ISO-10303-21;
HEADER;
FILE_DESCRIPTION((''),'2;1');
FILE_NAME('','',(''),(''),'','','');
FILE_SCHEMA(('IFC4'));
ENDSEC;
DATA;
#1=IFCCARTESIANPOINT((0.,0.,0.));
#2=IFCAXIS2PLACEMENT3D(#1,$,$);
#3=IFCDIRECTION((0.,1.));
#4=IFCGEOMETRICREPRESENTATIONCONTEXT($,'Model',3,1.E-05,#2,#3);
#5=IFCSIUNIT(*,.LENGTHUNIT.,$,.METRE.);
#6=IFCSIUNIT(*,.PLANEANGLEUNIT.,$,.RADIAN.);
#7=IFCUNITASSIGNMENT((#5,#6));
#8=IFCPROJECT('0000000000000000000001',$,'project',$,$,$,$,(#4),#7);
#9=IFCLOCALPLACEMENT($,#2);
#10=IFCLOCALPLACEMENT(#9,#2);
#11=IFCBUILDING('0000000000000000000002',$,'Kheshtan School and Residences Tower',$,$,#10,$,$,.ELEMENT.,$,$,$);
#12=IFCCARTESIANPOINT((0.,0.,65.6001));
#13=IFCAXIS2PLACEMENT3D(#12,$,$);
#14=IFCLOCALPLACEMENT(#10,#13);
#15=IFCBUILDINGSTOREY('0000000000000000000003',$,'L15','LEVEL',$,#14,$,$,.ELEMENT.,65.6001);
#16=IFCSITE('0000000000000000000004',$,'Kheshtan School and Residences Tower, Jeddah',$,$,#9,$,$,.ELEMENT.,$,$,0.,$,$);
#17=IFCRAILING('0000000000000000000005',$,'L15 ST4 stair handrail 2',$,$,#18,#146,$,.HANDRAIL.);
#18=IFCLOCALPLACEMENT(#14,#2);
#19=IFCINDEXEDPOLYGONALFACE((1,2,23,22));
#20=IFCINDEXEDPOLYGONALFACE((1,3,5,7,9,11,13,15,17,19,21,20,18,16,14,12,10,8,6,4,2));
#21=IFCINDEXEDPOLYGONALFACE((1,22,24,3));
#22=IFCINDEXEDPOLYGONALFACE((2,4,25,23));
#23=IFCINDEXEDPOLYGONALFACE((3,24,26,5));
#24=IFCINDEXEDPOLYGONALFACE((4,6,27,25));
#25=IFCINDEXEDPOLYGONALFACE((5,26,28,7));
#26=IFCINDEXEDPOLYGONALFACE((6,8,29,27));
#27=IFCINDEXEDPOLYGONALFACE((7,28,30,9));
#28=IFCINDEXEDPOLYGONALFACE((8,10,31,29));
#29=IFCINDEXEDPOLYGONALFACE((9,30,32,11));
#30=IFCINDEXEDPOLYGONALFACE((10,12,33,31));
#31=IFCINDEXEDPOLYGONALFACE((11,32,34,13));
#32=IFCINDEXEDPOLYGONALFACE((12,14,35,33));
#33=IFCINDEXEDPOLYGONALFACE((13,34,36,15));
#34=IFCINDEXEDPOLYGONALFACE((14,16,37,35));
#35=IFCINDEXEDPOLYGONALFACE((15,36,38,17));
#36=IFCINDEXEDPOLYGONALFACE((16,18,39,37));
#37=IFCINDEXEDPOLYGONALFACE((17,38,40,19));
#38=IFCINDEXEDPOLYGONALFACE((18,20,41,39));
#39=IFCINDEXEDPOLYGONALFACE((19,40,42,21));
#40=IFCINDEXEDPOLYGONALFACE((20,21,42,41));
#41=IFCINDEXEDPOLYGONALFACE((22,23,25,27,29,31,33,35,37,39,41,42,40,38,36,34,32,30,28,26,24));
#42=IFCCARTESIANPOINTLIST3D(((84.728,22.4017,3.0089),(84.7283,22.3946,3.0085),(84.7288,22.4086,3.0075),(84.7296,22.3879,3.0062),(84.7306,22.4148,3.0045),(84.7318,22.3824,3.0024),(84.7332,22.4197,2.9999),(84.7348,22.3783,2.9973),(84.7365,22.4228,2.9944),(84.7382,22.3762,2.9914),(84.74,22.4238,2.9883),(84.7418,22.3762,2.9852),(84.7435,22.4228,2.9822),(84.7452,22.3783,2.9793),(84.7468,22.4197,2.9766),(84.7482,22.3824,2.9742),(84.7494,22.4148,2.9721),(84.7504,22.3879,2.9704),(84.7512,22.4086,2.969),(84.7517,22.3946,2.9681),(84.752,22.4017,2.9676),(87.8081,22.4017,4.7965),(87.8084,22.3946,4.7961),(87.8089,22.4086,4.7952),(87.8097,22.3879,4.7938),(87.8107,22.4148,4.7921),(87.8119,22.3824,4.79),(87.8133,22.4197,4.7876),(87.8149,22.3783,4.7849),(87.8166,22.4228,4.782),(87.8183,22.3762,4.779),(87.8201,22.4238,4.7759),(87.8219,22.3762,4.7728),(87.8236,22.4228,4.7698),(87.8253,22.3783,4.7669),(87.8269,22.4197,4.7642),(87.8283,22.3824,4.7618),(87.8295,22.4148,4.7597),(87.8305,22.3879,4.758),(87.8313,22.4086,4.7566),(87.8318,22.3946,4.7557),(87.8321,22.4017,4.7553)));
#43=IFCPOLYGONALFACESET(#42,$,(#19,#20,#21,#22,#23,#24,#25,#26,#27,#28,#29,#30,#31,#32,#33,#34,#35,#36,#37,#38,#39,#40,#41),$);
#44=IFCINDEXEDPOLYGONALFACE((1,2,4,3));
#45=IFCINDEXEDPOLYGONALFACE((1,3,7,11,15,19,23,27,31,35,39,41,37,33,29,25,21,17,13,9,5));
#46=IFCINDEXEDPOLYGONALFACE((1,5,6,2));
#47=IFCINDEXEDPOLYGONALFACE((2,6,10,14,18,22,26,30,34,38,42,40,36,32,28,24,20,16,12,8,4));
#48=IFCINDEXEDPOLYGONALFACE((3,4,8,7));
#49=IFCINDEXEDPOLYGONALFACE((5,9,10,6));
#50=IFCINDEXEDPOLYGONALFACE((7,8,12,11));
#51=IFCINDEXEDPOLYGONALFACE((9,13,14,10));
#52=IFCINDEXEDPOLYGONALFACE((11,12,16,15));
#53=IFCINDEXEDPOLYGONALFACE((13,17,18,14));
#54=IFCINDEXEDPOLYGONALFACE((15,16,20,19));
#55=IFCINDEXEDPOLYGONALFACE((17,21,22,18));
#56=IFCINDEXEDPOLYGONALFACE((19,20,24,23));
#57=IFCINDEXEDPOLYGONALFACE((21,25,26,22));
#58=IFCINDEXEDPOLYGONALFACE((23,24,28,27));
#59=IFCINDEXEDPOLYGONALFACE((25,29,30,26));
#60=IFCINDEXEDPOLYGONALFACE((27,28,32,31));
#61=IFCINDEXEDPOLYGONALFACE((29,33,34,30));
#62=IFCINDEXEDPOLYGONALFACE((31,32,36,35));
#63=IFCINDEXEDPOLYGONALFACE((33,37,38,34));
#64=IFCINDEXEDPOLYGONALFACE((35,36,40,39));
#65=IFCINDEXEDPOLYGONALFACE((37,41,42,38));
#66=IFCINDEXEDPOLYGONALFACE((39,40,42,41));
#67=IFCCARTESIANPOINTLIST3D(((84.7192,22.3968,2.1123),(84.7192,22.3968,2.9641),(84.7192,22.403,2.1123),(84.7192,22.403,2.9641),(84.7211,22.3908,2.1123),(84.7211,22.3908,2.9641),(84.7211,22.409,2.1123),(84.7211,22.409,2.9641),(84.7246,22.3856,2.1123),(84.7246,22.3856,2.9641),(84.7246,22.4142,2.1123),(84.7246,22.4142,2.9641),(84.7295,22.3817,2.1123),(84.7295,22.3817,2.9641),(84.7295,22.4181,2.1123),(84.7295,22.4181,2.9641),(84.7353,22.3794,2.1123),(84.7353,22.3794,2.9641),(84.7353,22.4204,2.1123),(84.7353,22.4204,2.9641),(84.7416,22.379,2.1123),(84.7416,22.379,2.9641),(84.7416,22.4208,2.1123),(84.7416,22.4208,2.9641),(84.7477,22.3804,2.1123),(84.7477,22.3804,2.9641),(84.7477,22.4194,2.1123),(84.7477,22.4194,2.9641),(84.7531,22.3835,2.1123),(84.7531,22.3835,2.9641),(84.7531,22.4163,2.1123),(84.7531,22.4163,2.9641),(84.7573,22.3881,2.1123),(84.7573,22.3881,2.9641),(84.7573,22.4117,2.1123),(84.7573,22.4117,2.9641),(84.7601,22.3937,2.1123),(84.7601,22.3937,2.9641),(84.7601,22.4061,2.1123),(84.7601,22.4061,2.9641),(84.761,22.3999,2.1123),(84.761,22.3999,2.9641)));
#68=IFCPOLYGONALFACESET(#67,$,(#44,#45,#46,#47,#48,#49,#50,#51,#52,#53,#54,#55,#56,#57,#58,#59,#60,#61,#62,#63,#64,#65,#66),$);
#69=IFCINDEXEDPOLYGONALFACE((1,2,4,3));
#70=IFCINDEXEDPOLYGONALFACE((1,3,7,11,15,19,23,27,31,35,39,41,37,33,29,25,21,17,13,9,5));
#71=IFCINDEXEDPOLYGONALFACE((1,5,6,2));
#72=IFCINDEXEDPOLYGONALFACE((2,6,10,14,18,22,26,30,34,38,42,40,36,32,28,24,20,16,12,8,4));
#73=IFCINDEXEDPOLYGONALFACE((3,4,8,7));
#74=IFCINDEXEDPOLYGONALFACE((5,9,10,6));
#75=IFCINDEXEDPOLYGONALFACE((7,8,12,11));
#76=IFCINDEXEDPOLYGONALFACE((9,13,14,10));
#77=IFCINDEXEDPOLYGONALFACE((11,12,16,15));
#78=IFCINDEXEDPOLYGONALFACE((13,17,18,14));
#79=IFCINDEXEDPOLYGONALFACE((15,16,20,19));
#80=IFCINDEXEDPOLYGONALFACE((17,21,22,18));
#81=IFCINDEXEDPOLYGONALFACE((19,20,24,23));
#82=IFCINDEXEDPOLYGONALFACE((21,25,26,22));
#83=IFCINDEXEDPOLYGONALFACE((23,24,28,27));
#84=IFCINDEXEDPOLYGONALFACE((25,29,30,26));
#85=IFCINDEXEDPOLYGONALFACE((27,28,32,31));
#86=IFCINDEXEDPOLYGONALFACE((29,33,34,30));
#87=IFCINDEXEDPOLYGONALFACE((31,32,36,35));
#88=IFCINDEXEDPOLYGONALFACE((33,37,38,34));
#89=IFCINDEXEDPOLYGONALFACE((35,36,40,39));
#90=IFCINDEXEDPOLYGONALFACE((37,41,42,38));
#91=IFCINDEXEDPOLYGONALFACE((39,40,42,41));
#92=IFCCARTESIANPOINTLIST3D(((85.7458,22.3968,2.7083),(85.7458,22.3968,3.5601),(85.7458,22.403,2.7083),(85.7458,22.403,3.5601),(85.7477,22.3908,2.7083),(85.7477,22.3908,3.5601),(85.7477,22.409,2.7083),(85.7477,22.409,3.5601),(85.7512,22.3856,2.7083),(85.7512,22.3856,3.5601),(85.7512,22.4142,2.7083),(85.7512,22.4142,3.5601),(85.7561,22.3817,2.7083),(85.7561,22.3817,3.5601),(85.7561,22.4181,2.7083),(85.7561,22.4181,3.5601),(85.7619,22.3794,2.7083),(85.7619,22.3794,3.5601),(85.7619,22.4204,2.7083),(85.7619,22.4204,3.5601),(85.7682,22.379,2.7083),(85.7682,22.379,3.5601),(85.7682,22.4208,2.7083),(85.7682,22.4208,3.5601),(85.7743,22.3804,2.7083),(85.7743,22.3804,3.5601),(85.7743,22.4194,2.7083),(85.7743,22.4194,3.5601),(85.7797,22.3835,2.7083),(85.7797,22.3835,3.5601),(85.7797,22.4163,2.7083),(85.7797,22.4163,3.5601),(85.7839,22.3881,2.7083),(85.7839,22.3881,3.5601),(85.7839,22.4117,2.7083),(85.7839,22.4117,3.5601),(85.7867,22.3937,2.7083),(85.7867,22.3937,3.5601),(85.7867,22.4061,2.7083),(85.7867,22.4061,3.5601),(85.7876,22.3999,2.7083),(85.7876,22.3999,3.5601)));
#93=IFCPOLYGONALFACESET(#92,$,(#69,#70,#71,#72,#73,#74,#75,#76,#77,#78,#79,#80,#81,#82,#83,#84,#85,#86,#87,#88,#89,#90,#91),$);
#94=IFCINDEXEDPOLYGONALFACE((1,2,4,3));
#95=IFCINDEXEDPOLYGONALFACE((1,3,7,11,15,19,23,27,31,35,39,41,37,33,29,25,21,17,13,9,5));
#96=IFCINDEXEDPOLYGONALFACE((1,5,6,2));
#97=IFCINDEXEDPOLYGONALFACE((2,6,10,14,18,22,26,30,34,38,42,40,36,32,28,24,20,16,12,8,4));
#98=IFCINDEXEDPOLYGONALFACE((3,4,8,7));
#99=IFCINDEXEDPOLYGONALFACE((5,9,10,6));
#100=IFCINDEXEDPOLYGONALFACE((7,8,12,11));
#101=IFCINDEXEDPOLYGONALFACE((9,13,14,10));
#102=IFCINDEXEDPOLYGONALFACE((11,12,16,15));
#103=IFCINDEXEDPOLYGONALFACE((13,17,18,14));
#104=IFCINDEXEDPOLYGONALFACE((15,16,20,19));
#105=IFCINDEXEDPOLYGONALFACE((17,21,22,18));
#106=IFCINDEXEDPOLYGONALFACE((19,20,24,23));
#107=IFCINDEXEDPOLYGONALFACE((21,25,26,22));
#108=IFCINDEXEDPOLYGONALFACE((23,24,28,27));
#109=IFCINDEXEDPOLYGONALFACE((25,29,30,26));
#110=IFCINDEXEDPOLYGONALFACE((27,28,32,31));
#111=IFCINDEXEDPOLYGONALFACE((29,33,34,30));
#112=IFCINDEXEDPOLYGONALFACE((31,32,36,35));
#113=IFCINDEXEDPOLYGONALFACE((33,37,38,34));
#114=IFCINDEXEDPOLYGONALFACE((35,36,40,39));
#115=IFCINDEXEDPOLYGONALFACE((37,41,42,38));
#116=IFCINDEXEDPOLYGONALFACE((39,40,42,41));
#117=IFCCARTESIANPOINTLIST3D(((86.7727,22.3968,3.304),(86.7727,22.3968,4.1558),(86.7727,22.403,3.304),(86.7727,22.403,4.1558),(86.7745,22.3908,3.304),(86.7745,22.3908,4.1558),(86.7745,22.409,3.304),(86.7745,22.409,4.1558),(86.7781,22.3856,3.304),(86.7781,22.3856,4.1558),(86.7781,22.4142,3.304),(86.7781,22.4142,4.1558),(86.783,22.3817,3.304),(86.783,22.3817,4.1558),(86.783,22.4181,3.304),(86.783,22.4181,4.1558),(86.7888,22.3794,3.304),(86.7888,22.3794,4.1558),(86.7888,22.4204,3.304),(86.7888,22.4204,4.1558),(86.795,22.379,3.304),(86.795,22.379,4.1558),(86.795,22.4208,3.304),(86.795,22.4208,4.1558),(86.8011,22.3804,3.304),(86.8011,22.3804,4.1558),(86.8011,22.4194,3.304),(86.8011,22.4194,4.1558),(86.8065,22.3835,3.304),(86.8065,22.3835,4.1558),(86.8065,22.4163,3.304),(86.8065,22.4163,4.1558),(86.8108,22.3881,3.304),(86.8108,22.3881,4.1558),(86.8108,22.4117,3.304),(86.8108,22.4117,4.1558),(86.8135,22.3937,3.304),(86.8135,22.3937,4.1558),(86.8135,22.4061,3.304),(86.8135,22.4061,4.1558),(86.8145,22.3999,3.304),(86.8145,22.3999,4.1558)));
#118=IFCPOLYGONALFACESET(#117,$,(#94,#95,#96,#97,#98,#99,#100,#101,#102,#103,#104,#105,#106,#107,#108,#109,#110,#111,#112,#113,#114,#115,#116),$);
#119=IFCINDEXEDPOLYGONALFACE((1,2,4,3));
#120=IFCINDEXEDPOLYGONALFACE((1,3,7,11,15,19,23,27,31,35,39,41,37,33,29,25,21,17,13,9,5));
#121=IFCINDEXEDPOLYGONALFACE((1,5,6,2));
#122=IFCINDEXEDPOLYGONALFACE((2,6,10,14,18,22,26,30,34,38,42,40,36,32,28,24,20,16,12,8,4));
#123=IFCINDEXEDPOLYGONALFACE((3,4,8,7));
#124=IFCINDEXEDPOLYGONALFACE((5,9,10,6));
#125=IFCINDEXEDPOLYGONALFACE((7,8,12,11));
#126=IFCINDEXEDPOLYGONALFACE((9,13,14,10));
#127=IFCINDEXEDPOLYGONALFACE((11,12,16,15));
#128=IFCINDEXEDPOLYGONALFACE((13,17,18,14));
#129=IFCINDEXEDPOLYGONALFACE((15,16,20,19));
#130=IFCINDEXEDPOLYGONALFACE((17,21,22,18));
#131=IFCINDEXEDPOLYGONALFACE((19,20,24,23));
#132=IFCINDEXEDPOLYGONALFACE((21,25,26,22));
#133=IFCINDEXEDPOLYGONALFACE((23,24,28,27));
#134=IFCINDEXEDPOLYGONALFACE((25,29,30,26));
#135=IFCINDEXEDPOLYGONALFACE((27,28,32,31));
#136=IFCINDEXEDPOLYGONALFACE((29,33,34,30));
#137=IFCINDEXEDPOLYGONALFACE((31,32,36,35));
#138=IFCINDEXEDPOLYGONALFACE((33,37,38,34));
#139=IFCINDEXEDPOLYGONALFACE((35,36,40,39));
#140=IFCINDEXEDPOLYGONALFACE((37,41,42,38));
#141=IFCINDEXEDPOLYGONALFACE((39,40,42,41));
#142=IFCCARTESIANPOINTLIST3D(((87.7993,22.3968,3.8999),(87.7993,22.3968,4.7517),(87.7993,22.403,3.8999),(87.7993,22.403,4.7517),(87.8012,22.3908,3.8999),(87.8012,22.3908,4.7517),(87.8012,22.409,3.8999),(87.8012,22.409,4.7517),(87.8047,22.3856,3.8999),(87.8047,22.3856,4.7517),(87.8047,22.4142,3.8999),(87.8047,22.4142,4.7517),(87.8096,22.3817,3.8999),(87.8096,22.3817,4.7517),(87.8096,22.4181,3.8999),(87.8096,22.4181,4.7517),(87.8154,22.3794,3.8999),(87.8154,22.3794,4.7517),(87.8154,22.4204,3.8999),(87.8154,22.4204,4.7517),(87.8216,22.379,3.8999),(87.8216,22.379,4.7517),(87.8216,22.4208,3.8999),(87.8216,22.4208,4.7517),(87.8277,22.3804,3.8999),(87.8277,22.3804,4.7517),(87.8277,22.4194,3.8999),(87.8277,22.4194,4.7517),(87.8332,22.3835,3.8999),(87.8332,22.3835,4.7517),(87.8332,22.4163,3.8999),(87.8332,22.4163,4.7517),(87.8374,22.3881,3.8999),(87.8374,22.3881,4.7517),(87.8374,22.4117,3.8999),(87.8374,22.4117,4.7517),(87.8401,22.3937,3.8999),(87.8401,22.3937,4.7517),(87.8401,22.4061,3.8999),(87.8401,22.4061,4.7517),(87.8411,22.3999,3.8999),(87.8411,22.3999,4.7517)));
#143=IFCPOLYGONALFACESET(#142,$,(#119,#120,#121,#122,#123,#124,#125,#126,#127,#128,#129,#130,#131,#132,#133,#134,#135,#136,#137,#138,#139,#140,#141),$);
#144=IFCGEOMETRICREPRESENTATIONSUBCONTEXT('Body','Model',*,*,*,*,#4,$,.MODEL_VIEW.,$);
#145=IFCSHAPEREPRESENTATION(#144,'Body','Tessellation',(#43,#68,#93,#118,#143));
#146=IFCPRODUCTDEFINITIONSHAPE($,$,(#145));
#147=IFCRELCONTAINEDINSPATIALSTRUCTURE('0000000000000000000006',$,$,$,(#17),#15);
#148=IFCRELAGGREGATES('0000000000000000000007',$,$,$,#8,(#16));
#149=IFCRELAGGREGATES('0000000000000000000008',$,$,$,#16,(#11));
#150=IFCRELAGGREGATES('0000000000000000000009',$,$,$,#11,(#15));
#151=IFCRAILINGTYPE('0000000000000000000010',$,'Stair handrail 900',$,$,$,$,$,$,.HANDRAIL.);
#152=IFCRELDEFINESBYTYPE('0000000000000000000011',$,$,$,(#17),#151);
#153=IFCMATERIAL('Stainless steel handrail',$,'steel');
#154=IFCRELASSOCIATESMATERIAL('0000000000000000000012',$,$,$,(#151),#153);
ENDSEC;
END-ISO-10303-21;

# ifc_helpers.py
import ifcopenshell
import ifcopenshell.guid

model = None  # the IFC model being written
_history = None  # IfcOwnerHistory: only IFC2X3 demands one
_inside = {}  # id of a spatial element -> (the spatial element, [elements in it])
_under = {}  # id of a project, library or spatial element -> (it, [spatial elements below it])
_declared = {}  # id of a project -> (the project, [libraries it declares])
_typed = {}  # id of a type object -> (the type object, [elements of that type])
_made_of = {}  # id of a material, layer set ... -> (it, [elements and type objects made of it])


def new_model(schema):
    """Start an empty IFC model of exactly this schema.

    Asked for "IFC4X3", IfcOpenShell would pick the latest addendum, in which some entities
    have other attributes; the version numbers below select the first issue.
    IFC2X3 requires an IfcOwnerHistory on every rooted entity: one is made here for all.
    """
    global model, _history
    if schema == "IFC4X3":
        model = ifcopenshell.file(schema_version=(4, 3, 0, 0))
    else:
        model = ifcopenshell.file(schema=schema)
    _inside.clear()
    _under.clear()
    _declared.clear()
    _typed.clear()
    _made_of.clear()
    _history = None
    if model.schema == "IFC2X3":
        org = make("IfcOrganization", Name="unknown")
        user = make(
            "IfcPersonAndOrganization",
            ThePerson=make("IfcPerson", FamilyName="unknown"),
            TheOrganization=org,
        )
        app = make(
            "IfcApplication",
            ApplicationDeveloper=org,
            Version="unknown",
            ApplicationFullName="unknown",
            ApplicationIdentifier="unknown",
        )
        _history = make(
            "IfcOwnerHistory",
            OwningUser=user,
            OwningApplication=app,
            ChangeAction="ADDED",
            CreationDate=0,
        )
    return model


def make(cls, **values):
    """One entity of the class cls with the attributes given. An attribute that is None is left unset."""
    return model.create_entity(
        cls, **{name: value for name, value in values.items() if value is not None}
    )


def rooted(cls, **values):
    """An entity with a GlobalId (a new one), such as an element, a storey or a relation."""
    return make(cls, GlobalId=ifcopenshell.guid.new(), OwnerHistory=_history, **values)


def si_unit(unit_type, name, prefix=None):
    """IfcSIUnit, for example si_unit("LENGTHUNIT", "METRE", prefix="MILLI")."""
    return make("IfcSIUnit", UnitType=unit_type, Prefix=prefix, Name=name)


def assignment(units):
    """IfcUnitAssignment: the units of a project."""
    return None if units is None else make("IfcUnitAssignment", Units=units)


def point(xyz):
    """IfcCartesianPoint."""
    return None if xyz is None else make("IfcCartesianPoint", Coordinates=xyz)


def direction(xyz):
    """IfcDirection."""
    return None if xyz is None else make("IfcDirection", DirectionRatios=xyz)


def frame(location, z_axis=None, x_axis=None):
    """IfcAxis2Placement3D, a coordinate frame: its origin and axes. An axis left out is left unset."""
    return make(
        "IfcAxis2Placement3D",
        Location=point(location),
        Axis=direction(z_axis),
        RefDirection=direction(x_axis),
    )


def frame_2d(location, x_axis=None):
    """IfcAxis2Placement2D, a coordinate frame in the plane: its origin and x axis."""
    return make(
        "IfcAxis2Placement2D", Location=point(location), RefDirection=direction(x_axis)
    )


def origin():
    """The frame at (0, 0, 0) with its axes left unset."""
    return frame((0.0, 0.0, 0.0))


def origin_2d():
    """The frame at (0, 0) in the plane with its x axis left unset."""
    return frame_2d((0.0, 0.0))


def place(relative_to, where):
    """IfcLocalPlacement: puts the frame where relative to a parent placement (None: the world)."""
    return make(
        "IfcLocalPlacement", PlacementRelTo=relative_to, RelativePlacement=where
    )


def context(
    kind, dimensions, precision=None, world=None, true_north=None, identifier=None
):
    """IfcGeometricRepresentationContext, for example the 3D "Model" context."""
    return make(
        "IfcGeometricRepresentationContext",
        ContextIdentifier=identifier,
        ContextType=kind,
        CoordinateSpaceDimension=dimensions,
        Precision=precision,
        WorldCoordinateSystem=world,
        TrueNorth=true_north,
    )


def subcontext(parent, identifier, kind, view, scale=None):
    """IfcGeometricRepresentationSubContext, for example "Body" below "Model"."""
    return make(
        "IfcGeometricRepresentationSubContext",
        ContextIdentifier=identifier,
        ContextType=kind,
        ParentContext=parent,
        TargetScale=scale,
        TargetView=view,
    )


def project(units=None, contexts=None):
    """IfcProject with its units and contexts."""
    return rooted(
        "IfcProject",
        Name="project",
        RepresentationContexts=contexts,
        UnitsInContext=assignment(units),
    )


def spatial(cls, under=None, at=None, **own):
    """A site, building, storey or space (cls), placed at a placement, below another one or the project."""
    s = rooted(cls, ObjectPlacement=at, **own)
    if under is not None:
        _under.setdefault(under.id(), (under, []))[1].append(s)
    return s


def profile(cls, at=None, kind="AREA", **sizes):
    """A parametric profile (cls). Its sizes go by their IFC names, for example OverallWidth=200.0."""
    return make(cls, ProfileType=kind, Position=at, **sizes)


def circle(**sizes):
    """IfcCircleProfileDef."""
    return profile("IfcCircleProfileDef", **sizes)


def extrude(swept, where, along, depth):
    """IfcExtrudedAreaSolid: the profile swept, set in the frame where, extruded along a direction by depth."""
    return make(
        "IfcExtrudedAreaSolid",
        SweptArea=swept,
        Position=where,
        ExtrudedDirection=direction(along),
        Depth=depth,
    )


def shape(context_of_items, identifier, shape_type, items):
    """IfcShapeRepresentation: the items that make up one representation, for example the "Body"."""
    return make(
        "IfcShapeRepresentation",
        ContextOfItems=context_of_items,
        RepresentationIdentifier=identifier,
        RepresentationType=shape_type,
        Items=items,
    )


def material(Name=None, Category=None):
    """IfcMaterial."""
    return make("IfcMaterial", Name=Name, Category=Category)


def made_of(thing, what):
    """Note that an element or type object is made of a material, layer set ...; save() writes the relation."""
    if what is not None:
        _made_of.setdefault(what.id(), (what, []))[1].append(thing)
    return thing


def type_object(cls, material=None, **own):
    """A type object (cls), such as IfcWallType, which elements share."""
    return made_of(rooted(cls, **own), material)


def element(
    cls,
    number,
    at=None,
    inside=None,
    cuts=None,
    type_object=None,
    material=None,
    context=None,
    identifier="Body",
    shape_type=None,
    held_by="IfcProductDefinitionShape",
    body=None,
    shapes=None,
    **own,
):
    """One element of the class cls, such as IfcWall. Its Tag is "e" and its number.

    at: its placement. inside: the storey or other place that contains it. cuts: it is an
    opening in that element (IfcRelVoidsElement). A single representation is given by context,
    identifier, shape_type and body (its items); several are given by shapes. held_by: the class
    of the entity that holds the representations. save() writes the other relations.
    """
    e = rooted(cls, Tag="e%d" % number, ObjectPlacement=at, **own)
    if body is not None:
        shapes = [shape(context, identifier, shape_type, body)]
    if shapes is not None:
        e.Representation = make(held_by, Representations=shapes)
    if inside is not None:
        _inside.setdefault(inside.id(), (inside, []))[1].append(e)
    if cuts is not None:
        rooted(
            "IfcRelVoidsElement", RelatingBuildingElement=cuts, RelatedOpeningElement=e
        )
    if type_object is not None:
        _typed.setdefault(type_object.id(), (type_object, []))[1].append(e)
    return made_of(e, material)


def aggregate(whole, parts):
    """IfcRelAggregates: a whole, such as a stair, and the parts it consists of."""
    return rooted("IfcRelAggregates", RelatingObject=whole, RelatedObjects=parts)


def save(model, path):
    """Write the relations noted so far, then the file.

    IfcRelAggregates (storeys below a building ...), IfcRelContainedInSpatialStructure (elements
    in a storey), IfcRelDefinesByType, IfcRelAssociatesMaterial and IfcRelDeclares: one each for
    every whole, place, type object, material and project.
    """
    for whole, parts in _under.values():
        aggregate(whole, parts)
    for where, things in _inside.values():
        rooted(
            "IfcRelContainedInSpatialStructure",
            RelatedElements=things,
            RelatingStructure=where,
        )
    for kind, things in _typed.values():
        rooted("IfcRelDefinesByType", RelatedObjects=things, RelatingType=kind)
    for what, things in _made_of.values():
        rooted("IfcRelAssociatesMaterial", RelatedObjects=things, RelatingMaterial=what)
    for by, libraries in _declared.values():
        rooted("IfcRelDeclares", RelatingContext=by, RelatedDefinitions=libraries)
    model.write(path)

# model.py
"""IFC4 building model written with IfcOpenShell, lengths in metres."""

from ifc_helpers import new_model, si_unit, direction, frame, origin, origin_2d, place, context, subcontext, project, spatial, circle, extrude, material, type_object, element, save


model = new_model("IFC4")

# Units and contexts
model_context = context("Model", 3, precision=1e-05, world=origin(), true_north=direction((0.0, 1.0)))
body_context = subcontext(model_context, "Body", "Model", "MODEL_VIEW")
ifc_project = project(units=[si_unit("LENGTHUNIT", "METRE"), si_unit("PLANEANGLEUNIT", "RADIAN")], contexts=[model_context])

# Site, building, storey
site_placement = place(None, origin())
site = spatial("IfcSite", under=ifc_project, at=site_placement, Name="Kheshtan School and Residences Tower, Jeddah", CompositionType="ELEMENT", RefElevation=0.0)
building_placement = place(site_placement, origin())
building = spatial("IfcBuilding", under=site, at=building_placement, Name="Kheshtan School and Residences Tower", CompositionType="ELEMENT")
storey_placement = place(building_placement, frame((0.0, 0.0, 65.6001)))
storey = spatial("IfcBuildingStorey", under=building, at=storey_placement, Name="L15", Description="LEVEL", CompositionType="ELEMENT", Elevation=65.6001)

# Railing
ifc_material_1 = material(Name="Stainless steel handrail", Category="steel")
railing_type_1 = type_object("IfcRailingType", Name="Stair handrail 900", PredefinedType="HANDRAIL", material=ifc_material_1)
railing_1_placement = place(storey_placement, frame((84.74, 22.3999, 2.1123)))
element("IfcRailing", 1, at=railing_1_placement, inside=storey, type_object=railing_type_1, Name="L15 ST4 stair handrail 2", PredefinedType="HANDRAIL", context=body_context, shape_type="SweptSolid", body=[
    extrude(circle(Radius=0.0239, at=origin_2d()), frame((0.0, 0.0, 0.876), z_axis=(0.864891, 0.0, 0.50196), x_axis=(0.0, 1.0, 0.0)), (0.0, 0.0, 1.0), 3.5613),
    extrude(circle(Radius=0.021, at=origin_2d()), origin(), (0.0, 0.0, 1.0), 0.8518),
    extrude(circle(Radius=0.021, at=origin_2d()), frame((1.0266, 0.0, 0.5959)), (0.0, 0.0, 1.0), 0.8518),
    extrude(circle(Radius=0.021, at=origin_2d()), frame((2.0535, 0.0, 1.1917)), (0.0, 0.0, 1.0), 0.8518),
    extrude(circle(Radius=0.021, at=origin_2d()), frame((3.0801, 0.0, 1.7876)), (0.0, 0.0, 1.0), 0.8518),
])

save(model, "model.ifc")
